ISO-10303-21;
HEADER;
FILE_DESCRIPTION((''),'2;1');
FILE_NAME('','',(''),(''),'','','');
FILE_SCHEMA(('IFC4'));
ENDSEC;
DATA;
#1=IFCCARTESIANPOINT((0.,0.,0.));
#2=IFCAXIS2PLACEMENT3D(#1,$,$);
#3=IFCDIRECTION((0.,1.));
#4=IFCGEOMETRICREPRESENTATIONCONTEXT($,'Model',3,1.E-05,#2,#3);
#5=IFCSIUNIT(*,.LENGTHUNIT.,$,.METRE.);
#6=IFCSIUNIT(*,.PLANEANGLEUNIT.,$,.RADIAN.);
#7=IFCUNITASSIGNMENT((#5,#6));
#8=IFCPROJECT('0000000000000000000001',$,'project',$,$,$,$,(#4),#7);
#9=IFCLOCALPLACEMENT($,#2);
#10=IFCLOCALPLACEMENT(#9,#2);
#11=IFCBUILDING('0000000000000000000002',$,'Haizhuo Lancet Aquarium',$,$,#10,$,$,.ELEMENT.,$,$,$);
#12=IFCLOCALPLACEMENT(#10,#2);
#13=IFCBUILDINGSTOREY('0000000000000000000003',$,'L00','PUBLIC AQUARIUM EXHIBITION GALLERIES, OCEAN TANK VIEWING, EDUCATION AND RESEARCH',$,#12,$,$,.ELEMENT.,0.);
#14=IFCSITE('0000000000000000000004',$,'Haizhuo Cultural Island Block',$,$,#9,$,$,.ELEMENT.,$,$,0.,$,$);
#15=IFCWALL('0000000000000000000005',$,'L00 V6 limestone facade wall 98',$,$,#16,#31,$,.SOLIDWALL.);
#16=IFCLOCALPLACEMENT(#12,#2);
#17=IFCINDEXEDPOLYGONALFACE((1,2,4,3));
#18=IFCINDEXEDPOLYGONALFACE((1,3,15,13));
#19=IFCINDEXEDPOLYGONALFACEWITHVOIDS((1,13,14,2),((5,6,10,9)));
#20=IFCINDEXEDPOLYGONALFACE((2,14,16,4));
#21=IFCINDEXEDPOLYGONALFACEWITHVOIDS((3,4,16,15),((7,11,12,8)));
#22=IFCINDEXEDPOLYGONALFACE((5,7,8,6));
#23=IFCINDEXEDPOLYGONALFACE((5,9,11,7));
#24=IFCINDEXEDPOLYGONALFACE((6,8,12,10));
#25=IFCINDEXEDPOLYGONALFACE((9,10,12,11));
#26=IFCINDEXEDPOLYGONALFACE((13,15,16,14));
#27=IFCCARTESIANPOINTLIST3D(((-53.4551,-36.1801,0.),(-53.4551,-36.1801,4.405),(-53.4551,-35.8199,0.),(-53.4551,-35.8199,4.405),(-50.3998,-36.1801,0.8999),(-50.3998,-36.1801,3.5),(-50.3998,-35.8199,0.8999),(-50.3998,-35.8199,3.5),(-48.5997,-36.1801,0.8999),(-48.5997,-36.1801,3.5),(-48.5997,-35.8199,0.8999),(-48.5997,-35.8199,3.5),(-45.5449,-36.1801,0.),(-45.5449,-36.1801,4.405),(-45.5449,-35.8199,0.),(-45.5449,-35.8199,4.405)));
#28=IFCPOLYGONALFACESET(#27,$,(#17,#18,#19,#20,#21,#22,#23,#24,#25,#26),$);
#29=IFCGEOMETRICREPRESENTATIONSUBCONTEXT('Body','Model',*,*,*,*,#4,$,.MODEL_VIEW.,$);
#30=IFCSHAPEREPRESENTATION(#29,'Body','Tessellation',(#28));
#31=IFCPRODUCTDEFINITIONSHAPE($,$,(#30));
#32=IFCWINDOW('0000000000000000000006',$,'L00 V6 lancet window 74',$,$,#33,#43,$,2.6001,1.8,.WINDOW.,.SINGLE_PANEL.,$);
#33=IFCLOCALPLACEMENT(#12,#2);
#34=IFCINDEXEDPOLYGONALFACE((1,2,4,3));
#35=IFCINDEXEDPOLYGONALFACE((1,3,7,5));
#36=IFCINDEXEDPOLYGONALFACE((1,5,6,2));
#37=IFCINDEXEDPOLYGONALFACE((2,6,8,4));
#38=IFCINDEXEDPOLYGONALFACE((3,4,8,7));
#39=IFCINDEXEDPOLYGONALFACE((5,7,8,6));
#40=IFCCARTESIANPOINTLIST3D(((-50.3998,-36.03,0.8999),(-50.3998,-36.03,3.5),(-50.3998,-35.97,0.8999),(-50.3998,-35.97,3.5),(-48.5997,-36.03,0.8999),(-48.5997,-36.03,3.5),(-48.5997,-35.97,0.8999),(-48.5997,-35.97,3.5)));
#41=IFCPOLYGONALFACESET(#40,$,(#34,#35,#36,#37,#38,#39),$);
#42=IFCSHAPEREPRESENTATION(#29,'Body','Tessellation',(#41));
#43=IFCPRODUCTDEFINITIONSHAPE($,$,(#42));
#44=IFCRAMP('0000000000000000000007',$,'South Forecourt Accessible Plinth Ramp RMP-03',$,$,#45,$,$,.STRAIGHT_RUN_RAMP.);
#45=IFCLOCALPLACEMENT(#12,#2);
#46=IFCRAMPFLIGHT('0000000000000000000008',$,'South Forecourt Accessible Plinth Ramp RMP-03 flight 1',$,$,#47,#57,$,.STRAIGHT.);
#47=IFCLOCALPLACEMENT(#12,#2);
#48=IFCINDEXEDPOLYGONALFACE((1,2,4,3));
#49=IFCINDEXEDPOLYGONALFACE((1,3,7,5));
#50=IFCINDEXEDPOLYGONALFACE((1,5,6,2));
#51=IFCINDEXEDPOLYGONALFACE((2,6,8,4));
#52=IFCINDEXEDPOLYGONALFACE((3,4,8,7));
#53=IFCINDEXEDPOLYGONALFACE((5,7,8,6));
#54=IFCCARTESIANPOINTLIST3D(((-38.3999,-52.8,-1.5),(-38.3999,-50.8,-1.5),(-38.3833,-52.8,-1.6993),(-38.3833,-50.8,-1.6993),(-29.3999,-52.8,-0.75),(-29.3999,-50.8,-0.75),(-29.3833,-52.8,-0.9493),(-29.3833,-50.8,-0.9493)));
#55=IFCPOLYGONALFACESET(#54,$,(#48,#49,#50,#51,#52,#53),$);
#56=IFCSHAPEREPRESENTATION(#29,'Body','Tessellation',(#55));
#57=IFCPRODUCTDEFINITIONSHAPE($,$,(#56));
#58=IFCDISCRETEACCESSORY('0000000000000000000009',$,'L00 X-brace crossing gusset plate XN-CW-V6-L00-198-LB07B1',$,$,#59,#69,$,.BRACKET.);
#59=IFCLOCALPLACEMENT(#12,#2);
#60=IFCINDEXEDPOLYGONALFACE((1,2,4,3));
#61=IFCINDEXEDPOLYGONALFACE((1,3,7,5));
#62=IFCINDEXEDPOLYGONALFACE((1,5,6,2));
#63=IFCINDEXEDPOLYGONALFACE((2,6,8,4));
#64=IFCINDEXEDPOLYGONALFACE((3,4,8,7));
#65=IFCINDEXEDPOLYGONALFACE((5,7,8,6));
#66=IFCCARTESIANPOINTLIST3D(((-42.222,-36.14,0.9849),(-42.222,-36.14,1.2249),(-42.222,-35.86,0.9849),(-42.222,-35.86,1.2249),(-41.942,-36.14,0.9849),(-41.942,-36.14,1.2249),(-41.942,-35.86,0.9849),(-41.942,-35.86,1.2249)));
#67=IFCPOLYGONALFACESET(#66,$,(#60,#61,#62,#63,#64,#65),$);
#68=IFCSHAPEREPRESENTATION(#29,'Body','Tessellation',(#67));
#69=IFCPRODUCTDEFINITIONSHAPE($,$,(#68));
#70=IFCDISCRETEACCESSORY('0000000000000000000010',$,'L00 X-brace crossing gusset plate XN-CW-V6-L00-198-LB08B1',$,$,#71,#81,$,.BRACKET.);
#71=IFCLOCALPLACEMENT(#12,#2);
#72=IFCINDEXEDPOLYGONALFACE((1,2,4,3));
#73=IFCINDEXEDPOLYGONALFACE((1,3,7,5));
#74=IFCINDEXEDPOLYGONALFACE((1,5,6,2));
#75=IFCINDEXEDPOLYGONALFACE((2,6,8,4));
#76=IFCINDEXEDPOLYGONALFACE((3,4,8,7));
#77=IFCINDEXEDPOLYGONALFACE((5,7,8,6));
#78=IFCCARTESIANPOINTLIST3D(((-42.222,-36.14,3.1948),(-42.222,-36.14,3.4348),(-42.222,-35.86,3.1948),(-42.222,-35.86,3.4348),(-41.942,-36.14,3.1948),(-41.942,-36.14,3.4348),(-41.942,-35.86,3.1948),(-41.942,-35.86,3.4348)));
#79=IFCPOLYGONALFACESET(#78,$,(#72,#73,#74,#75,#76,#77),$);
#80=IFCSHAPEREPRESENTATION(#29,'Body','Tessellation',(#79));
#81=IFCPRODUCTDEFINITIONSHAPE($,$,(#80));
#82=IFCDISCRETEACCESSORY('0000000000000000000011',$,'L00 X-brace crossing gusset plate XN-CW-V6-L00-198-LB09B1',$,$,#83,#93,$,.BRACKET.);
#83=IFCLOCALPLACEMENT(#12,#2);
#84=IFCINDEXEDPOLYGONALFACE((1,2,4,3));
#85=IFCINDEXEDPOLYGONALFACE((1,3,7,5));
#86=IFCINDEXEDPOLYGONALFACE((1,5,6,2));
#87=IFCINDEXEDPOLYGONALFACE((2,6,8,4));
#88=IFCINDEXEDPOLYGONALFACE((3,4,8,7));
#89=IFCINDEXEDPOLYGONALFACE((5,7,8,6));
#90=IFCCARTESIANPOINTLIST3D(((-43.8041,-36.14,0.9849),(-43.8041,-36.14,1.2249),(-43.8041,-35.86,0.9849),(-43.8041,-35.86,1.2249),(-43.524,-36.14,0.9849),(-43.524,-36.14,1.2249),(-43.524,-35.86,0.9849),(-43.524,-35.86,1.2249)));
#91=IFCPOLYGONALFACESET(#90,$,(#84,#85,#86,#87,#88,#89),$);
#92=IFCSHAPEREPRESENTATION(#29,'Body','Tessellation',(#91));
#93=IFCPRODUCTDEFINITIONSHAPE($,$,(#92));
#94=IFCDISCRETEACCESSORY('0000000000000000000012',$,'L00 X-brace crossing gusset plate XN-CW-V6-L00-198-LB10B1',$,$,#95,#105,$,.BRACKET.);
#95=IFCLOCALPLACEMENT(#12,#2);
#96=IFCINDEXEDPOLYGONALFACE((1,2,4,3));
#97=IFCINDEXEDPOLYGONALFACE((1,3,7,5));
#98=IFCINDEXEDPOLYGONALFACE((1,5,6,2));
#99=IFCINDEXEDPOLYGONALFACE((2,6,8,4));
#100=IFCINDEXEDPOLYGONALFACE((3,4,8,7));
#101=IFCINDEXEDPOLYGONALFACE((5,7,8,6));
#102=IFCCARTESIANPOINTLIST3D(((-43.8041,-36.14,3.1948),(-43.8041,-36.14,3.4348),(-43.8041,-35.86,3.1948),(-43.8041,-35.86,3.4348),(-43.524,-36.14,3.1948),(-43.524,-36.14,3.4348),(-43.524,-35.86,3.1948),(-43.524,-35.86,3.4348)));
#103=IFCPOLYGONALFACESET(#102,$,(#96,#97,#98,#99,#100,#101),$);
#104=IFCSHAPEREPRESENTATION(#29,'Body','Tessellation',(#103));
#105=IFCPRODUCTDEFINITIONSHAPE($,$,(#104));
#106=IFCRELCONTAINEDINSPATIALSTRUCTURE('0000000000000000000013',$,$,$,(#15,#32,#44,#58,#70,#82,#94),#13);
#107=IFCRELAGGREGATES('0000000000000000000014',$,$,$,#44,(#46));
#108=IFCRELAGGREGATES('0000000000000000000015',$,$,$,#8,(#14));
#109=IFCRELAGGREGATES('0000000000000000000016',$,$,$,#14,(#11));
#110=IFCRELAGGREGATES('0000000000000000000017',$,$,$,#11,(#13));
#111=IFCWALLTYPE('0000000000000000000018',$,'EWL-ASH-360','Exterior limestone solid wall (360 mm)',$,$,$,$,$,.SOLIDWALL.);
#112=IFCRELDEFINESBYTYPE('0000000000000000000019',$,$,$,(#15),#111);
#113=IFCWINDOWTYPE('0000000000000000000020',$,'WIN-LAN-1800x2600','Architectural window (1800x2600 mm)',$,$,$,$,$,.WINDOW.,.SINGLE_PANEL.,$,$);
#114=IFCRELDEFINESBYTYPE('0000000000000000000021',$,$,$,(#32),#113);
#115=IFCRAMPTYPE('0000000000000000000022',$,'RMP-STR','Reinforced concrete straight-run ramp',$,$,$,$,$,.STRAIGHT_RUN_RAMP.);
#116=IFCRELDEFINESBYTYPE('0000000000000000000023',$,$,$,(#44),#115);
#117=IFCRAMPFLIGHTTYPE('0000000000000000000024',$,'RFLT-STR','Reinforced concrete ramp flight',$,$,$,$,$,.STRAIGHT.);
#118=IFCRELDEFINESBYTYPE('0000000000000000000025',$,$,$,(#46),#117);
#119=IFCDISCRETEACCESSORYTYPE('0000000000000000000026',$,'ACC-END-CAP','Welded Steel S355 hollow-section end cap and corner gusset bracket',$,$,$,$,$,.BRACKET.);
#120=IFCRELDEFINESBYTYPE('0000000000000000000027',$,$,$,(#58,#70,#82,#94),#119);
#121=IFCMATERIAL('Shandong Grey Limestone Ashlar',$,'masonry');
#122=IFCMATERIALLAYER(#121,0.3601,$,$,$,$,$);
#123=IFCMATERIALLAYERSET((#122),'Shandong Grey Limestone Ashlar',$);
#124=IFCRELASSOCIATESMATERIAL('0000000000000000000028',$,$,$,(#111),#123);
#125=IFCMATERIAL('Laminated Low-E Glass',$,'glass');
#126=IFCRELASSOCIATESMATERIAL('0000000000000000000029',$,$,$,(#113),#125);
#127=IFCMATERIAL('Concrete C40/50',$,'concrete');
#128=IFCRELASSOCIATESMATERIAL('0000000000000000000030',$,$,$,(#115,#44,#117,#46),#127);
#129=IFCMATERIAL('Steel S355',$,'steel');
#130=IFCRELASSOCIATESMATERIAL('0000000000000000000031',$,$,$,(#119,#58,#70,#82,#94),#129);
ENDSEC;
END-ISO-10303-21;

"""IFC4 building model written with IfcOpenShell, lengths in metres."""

from ifc_helpers import new_model, si_unit, direction, frame, frame_2d, origin, origin_2d, place, context, subcontext, project, spatial, polyline, rectangle, outline, extrude, material, layer, layer_set, type_object, element, fill, aggregate, save


model = new_model("IFC4")

# Units and contexts
model_context = context("Model", 3, precision=1e-05, world=origin(), true_north=direction((0.0, 1.0)))
body_context = subcontext(model_context, "Body", "Model", "MODEL_VIEW")
ifc_project = project(units=[si_unit("LENGTHUNIT", "METRE"), si_unit("PLANEANGLEUNIT", "RADIAN")], contexts=[model_context])

# Site, building, storey
site_placement = place(None, origin())
site = spatial("IfcSite", under=ifc_project, at=site_placement, Name="Haizhuo Cultural Island Block", CompositionType="ELEMENT", RefElevation=0.0)
building_placement = place(site_placement, origin())
building = spatial("IfcBuilding", under=site, at=building_placement, Name="Haizhuo Lancet Aquarium", CompositionType="ELEMENT")
storey_placement = place(building_placement, origin())
storey = spatial("IfcBuildingStorey", under=building, at=storey_placement, Name="L00", Description="PUBLIC AQUARIUM EXHIBITION GALLERIES, OCEAN TANK VIEWING, EDUCATION AND RESEARCH", CompositionType="ELEMENT", Elevation=0.0)

# Shared definitions
ifc_material_1 = material(Name="Steel S355", Category="steel")

# Shared definitions
ifc_material_2 = material(Name="Laminated Low-E Glass", Category="glass")

# Wall, opening, window
ifc_material_3 = material(Name="Shandong Grey Limestone Ashlar", Category="masonry")
ifc_layer_1 = layer(ifc_material_3, 0.3601)
ifc_layer_set_1 = layer_set([ifc_layer_1], Name="Shandong Grey Limestone Ashlar")
wall_type = type_object("IfcWallType", Name="EWL-ASH-360", Description="Exterior limestone solid wall (360 mm)", PredefinedType="SOLIDWALL", material=ifc_layer_set_1)
wall_placement = place(storey_placement, frame((-45.5449, -36.0, 0.0), z_axis=(0.0, 0.0, 1.0), x_axis=(-1.0, 0.0, 0.0)))
wall = element("IfcWall", 1, at=wall_placement, inside=storey, type_object=wall_type, Name="L00 V6 limestone facade wall 98", PredefinedType="SOLIDWALL", context=body_context, shape_type="SweptSolid", body=[
    extrude(rectangle(XDim=7.9102, YDim=0.3601, at=frame_2d((3.9551, 0.0))), origin(), (0.0, 0.0, 1.0), 4.405),
])
opening_placement = place(wall_placement, frame((3.0549, 0.0, 0.8999)))
opening = element("IfcOpeningElement", 2, at=opening_placement, cuts=wall, PredefinedType="OPENING", context=body_context, shape_type="SweptSolid", body=[
    extrude(rectangle(XDim=1.8, YDim=2.6001, at=frame_2d((0.8999, 1.3))), frame((0.0, 0.1899, 0.0), z_axis=(0.0, -1.0, 0.0), x_axis=(1.0, 0.0, 0.0)), (0.0, 0.0, 1.0), 0.3801),
])
window_type = type_object("IfcWindowType", Name="WIN-LAN-1800x2600", Description="Architectural window (1800x2600 mm)", PartitioningType="SINGLE_PANEL", PredefinedType="WINDOW", material=ifc_material_2)
window_placement = place(opening_placement, origin())
window = element("IfcWindow", 3, at=window_placement, inside=storey, type_object=window_type, Name="L00 V6 lancet window 74", OverallHeight=2.6001, OverallWidth=1.8, PartitioningType="SINGLE_PANEL", PredefinedType="WINDOW", context=body_context, shape_type="SweptSolid", body=[
    extrude(rectangle(XDim=1.8, YDim=2.6001, at=frame_2d((0.8999, 1.3))), frame((0.0, 0.03, 0.0), z_axis=(0.0, -1.0, 0.0), x_axis=(1.0, 0.0, 0.0)), (0.0, 0.0, 1.0), 0.0601),
])
fill(opening, window)

# Ramp, ramp flight
ifc_material_4 = material(Name="Concrete C40/50", Category="concrete")
ramp_type = type_object("IfcRampType", Name="RMP-STR", Description="Reinforced concrete straight-run ramp", PredefinedType="STRAIGHT_RUN_RAMP", material=ifc_material_4)
ramp_placement = place(storey_placement, origin())
ramp = element("IfcRamp", 4, at=ramp_placement, inside=storey, type_object=ramp_type, material=ifc_material_4, Name="South Forecourt Accessible Plinth Ramp RMP-03", PredefinedType="STRAIGHT_RUN_RAMP")
ramp_flight_type = type_object("IfcRampFlightType", Name="RFLT-STR", Description="Reinforced concrete ramp flight", PredefinedType="STRAIGHT", material=ifc_material_4)
ramp_flight_placement = place(storey_placement, frame((-38.3999, -52.8, -1.5), z_axis=(-0.083045, 0.0, 0.996546), x_axis=(0.996546, 0.0, 0.083045)))
ramp_flight = element("IfcRampFlight", 5, at=ramp_flight_placement, type_object=ramp_flight_type, material=ifc_material_4, Name="South Forecourt Accessible Plinth Ramp RMP-03 flight 1", PredefinedType="STRAIGHT", context=body_context, shape_type="SweptSolid", body=[
    extrude(outline(polyline([(0.0, 0.0), (9.0312, 0.0), (9.0312, 2.0), (0.0, 2.0), (0.0, 0.0)])), origin(), (0.0, 0.0, -1.0), 0.2),
])
aggregate(ramp, [ramp_flight])

# Discrete accessories
discrete_accessory_type = type_object("IfcDiscreteAccessoryType", Name="ACC-END-CAP", Description="Welded Steel S355 hollow-section end cap and corner gusset bracket", PredefinedType="BRACKET", material=ifc_material_1)
for number, where, z_axis, x_axis, name in (
    (6, (-42.082, -36.0, 0.9849), (0.0, 0.0, 1.0), (1.0, 0.0, 0.0), "L00 X-brace crossing gusset plate XN-CW-V6-L00-198-LB07B1"),
    (7, (-42.082, -36.0, 3.1948), (0.0, 0.0, 1.0), (1.0, 0.0, 0.0), "L00 X-brace crossing gusset plate XN-CW-V6-L00-198-LB08B1"),
    (8, (-43.6641, -36.0, 0.9849), (0.0, 0.0, 1.0), (1.0, 0.0, 0.0), "L00 X-brace crossing gusset plate XN-CW-V6-L00-198-LB09B1"),
    (9, (-43.6641, -36.0, 3.1948), (0.0, 0.0, 1.0), (1.0, 0.0, 0.0), "L00 X-brace crossing gusset plate XN-CW-V6-L00-198-LB10B1"),
):
    element("IfcDiscreteAccessory", number, at=place(storey_placement, frame(where, z_axis=z_axis, x_axis=x_axis)), inside=storey, type_object=discrete_accessory_type, material=ifc_material_1, Name=name, PredefinedType="BRACKET", context=body_context, shape_type="SweptSolid", body=[
        extrude(rectangle(XDim=0.28, YDim=0.28, at=origin_2d()), origin(), (0.0, 0.0, 1.0), 0.24),
    ])

save(model, "model.ifc")
